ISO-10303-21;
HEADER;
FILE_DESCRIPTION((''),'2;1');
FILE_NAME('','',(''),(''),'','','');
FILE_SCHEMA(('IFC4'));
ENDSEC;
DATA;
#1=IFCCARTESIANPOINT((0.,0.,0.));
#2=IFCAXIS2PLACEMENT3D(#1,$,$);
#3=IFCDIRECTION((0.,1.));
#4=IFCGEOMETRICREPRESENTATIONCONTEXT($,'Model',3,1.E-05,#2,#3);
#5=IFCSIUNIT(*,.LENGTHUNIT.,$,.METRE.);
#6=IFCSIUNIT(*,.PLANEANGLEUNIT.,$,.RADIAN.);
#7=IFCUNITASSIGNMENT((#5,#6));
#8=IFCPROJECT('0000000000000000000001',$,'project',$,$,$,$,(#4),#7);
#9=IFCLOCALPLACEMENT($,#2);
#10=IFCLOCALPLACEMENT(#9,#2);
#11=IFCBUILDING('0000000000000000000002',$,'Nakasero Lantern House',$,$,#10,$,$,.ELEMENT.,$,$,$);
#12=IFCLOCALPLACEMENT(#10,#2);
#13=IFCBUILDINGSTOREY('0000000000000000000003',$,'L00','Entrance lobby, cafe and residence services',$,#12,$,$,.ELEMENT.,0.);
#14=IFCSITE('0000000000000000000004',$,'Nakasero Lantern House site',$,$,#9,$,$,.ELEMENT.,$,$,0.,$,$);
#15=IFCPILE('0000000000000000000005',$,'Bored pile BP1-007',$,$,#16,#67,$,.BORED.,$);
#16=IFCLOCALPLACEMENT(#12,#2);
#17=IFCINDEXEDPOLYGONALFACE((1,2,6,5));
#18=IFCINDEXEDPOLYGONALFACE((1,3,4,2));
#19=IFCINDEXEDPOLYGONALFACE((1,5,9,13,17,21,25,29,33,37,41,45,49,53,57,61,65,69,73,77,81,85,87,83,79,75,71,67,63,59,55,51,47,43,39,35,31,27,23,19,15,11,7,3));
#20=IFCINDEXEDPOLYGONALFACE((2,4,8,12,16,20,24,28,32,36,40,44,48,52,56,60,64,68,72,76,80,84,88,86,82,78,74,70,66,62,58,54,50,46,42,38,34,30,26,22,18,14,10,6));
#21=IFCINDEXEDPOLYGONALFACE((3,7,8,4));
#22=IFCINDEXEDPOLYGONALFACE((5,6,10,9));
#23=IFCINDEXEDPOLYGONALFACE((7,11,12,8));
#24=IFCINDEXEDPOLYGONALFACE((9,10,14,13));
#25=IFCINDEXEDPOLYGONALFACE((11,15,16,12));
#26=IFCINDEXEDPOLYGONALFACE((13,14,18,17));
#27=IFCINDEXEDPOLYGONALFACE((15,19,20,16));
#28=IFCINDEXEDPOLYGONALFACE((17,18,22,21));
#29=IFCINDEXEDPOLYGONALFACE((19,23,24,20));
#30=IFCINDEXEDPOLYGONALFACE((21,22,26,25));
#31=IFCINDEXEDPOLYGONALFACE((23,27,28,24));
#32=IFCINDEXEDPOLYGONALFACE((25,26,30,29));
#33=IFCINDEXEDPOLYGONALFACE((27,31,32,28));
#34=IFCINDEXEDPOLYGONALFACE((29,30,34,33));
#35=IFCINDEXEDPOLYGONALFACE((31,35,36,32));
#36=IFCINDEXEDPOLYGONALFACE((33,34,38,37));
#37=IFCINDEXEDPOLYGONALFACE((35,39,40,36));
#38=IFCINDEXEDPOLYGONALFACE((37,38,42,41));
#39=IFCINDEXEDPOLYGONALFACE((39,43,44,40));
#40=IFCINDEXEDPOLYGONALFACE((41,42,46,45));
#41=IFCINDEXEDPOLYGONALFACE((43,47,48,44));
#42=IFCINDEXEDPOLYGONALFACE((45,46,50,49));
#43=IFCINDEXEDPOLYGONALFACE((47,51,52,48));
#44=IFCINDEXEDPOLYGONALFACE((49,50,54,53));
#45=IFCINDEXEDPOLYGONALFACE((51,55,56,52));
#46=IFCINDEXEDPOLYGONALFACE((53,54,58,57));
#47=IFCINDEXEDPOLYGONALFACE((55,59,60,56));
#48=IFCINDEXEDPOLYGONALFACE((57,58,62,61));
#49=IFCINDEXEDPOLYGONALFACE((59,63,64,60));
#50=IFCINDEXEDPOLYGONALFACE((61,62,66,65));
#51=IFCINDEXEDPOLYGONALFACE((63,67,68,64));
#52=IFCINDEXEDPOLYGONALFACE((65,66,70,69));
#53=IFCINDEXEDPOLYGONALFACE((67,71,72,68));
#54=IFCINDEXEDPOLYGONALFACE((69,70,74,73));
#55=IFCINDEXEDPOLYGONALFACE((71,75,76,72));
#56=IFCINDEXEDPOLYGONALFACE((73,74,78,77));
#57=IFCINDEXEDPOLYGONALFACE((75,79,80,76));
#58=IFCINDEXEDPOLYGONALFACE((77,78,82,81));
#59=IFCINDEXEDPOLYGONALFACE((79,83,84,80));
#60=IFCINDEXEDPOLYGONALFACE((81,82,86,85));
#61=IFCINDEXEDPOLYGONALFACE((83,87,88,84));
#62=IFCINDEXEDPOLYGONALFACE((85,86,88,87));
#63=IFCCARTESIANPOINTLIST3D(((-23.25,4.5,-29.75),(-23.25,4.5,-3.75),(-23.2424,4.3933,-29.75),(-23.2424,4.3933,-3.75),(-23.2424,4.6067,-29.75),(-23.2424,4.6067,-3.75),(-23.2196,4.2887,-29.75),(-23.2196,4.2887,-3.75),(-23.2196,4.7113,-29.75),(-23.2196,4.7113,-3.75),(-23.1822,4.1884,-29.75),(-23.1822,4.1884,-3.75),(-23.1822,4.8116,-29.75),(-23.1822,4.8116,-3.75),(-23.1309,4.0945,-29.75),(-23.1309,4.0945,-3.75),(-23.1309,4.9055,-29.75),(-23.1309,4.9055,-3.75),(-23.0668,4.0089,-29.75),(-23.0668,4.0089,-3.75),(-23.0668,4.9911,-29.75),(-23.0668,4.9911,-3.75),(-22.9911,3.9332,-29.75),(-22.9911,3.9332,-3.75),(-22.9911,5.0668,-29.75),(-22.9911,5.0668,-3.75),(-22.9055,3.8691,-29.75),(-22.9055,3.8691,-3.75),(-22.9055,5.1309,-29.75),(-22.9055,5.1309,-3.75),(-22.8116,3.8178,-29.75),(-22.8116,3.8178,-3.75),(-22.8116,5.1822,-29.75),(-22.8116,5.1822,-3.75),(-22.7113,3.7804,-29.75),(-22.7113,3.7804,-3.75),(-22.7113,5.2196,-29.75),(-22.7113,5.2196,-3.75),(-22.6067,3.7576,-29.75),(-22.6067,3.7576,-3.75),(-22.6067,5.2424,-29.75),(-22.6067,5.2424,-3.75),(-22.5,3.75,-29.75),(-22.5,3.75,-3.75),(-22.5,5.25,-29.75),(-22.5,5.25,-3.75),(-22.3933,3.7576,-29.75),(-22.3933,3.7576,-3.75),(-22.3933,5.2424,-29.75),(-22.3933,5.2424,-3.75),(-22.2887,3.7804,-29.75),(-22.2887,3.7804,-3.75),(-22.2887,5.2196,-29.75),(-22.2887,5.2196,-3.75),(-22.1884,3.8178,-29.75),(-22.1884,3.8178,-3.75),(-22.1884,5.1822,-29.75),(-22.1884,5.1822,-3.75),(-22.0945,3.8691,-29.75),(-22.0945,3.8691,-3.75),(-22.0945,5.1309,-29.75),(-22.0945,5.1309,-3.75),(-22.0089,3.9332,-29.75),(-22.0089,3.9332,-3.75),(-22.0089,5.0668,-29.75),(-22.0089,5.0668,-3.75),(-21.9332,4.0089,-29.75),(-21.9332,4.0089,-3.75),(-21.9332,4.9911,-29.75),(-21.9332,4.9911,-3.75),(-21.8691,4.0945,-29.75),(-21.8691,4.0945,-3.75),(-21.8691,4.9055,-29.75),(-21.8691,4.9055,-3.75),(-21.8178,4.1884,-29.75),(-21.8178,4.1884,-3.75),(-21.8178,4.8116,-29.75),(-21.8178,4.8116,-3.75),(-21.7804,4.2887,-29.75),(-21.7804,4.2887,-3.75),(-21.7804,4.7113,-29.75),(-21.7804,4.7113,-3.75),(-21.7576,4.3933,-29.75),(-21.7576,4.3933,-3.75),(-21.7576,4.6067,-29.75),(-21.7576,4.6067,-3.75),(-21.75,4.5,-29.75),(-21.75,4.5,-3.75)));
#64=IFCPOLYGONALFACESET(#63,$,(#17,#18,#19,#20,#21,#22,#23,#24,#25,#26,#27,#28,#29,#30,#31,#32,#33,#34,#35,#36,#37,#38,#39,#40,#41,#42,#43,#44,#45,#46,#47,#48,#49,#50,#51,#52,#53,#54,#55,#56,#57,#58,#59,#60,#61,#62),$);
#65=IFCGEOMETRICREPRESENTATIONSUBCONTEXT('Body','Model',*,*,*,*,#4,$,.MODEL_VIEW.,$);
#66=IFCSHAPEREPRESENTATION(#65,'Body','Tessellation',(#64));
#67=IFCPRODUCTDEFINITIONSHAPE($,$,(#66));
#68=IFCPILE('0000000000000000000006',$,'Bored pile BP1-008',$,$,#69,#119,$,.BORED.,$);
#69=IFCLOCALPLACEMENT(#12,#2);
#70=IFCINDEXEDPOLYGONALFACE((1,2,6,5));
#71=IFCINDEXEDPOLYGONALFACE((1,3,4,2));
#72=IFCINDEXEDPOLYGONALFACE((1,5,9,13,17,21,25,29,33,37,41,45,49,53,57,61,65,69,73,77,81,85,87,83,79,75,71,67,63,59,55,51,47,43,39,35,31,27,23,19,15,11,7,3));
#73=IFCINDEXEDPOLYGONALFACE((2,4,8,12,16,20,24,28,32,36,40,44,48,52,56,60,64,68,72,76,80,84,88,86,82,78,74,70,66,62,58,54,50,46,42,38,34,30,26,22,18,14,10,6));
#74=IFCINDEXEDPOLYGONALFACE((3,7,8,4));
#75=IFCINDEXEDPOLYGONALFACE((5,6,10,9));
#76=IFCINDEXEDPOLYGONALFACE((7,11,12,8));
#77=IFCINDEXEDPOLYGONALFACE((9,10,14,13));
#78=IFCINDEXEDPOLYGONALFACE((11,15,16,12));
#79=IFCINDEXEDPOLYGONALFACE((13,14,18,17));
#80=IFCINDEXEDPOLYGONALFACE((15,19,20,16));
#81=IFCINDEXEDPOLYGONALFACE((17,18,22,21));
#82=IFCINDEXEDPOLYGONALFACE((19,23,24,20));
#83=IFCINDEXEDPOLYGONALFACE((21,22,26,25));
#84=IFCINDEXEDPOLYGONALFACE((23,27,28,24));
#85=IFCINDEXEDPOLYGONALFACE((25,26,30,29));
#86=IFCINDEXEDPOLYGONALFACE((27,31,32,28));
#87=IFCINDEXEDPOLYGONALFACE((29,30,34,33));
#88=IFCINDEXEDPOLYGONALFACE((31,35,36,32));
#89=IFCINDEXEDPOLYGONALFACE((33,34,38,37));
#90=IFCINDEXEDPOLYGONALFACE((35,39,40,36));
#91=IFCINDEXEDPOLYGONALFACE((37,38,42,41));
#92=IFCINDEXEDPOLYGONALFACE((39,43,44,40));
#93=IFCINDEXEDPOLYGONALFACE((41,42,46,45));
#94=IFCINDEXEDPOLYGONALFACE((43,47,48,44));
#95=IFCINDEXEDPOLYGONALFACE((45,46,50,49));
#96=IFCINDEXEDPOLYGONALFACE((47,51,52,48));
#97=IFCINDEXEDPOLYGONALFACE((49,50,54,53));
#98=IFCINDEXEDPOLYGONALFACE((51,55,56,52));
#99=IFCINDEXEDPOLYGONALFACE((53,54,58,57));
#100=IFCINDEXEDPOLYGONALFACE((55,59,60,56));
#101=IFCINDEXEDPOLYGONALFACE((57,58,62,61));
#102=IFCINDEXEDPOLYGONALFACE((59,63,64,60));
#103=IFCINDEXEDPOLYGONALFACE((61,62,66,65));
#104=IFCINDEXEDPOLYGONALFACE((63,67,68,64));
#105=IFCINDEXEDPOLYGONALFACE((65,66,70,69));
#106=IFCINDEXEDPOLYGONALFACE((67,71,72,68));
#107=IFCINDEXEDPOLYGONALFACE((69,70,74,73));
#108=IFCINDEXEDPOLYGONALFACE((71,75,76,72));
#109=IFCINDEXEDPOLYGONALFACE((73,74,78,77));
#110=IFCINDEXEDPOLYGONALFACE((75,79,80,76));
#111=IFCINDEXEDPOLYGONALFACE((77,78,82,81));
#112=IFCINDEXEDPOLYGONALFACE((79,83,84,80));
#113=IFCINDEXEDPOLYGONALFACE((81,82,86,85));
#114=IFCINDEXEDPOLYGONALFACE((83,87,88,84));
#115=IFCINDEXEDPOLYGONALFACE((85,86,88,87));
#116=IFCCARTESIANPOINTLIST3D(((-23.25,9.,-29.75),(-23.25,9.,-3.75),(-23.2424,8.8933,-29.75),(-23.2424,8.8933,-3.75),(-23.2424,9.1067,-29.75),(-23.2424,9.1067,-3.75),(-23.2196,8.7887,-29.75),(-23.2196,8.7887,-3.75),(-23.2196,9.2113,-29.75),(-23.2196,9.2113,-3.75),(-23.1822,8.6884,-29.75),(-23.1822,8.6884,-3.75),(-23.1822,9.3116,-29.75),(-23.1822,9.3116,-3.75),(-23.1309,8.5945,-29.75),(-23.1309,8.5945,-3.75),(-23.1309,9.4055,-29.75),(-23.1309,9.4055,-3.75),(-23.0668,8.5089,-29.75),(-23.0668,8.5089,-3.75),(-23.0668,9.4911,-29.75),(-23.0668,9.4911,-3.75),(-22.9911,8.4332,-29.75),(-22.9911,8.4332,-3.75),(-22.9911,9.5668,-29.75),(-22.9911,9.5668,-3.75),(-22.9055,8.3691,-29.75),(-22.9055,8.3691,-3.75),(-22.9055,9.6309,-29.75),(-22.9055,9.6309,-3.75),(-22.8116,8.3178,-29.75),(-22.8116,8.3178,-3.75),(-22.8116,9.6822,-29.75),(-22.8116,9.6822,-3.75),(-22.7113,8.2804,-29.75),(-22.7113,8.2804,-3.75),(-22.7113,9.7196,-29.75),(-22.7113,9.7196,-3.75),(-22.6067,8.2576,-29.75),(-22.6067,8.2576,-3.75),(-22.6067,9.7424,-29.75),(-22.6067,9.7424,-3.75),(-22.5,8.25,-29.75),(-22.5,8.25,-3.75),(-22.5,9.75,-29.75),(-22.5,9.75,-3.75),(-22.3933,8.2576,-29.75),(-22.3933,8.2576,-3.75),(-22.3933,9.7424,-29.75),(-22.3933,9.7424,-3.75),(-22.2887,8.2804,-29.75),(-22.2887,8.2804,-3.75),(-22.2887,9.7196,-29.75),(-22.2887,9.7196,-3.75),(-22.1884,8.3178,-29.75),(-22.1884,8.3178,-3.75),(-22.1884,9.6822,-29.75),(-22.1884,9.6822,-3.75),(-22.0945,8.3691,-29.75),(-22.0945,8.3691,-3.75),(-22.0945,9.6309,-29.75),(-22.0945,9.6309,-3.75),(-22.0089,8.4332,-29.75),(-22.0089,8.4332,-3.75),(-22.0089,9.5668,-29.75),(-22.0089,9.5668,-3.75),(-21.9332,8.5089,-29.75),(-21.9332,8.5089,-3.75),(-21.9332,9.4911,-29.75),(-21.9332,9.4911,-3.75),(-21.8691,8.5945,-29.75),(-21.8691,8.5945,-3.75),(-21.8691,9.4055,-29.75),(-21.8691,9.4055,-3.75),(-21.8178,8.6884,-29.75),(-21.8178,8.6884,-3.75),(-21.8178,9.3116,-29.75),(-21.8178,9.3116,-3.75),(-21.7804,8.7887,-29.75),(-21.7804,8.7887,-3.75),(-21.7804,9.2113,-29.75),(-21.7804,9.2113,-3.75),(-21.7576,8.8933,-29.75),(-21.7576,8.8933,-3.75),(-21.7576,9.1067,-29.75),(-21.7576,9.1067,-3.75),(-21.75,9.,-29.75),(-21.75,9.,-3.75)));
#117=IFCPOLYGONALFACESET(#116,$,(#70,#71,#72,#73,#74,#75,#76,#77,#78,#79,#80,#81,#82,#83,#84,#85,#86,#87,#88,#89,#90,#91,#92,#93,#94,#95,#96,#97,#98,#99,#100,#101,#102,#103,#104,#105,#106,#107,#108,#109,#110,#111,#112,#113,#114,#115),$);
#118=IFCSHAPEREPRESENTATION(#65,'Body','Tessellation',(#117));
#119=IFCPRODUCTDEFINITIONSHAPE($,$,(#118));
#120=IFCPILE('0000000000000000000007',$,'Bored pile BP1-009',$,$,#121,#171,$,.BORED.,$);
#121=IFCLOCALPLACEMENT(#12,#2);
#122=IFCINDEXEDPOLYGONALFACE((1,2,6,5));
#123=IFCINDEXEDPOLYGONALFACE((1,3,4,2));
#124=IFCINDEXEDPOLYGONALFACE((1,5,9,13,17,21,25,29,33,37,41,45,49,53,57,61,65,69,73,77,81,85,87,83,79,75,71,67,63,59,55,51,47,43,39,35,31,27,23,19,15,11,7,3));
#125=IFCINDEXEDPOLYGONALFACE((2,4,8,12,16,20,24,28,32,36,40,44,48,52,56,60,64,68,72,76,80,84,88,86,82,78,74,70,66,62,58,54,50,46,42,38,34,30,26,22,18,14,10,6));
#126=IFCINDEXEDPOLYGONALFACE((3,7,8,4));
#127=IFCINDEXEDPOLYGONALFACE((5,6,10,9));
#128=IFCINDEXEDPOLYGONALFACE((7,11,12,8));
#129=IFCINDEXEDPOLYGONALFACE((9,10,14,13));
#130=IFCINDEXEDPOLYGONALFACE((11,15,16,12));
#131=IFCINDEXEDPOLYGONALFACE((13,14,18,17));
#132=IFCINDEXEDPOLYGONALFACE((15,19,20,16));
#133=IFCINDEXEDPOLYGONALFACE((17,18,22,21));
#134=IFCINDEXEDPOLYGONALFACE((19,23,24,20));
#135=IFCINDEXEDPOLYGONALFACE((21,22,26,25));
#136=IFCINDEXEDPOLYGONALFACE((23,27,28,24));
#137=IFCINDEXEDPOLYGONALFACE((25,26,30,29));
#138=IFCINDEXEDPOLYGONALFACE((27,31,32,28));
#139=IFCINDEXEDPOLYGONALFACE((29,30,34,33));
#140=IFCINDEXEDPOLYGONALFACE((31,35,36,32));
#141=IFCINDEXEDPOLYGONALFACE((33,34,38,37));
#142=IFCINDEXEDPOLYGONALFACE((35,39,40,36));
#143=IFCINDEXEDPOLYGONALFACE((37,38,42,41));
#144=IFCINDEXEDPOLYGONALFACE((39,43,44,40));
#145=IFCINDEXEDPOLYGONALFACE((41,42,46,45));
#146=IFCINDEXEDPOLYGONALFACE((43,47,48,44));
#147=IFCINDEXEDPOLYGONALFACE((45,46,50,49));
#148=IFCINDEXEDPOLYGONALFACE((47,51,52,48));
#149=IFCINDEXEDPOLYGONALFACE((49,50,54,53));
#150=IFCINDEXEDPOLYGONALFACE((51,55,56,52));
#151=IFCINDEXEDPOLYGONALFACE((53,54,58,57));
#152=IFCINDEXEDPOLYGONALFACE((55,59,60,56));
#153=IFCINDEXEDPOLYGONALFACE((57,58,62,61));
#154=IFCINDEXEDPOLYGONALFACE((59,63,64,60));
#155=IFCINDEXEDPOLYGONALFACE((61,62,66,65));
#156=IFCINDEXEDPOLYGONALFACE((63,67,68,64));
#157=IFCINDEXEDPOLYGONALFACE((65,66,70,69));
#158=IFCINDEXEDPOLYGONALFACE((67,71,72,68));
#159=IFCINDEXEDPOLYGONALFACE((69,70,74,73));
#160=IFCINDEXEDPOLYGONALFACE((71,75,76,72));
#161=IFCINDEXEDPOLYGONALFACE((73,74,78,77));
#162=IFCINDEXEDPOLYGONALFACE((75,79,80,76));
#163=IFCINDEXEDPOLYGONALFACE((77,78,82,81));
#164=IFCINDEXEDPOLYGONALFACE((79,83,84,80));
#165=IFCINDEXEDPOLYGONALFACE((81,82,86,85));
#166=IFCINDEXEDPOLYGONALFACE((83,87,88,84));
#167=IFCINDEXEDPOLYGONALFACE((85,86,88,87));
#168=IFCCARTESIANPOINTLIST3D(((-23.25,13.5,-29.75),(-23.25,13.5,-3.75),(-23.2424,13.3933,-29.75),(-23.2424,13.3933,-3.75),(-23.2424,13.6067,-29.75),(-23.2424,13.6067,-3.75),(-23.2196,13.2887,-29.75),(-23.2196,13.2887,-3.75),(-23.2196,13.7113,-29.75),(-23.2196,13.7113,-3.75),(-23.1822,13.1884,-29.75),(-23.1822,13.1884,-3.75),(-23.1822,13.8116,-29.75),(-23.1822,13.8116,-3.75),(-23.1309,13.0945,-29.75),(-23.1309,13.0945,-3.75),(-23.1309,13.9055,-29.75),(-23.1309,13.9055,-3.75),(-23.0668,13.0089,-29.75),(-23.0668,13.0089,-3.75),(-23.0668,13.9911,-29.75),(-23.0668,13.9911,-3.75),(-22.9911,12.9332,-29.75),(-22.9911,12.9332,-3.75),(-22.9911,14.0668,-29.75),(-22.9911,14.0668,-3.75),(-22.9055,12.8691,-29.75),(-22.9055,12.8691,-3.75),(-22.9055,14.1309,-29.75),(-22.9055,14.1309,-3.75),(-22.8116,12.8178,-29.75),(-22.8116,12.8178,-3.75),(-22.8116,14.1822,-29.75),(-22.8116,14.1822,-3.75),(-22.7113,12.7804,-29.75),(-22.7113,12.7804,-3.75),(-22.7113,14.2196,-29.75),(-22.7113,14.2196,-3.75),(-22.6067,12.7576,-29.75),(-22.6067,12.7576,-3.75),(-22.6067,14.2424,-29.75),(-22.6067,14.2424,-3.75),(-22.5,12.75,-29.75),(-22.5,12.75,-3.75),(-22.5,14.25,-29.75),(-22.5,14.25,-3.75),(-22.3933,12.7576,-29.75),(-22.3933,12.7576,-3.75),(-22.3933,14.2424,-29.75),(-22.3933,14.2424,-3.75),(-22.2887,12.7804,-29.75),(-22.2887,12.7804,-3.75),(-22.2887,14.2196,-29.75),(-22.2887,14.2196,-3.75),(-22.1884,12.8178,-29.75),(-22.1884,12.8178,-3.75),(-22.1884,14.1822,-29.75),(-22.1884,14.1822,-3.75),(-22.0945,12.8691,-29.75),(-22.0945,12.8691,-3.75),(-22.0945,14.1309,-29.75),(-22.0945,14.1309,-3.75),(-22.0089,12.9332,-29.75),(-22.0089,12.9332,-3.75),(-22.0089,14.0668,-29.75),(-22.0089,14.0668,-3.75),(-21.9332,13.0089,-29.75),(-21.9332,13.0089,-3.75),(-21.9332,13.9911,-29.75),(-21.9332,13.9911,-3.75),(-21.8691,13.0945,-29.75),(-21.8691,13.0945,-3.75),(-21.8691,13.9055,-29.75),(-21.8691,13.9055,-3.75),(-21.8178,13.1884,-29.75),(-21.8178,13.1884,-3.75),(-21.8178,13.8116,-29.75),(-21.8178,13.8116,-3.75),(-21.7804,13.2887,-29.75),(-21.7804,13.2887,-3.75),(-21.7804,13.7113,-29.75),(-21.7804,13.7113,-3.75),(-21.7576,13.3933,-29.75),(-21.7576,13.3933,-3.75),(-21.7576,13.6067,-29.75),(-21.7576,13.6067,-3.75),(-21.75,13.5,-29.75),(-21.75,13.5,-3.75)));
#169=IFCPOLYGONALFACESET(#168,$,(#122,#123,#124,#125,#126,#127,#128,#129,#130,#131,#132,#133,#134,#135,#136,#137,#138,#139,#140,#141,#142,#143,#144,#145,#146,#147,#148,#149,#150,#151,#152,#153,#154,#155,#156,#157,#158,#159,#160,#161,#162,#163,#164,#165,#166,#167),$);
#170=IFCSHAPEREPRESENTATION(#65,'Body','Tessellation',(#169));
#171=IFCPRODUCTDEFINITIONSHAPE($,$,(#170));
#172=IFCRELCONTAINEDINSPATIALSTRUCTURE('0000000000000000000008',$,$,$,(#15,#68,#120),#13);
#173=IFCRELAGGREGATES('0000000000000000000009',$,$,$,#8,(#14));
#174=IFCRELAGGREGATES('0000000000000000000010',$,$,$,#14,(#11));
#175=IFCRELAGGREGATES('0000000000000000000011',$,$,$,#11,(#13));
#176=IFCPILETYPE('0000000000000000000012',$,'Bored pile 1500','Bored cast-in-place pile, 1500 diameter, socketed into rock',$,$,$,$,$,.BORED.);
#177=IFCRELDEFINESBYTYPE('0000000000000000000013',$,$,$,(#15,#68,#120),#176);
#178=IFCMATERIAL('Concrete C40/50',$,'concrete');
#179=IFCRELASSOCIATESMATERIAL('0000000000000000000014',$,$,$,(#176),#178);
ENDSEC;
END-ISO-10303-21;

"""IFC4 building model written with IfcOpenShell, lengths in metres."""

from ifc_helpers import new_model, si_unit, direction, frame, origin, origin_2d, place, context, subcontext, project, spatial, circle, extrude, material, type_object, element, save


model = new_model("IFC4")

# Units and contexts
model_context = context("Model", 3, precision=1e-05, world=origin(), true_north=direction((0.0, 1.0)))
body_context = subcontext(model_context, "Body", "Model", "MODEL_VIEW")
ifc_project = project(units=[si_unit("LENGTHUNIT", "METRE"), si_unit("PLANEANGLEUNIT", "RADIAN")], contexts=[model_context])

# Site, building, storey
site_placement = place(None, origin())
site = spatial("IfcSite", under=ifc_project, at=site_placement, Name="Nakasero Lantern House site", CompositionType="ELEMENT", RefElevation=0.0)
building_placement = place(site_placement, origin())
building = spatial("IfcBuilding", under=site, at=building_placement, Name="Nakasero Lantern House", CompositionType="ELEMENT")
storey_placement = place(building_placement, origin())
storey = spatial("IfcBuildingStorey", under=building, at=storey_placement, Name="L00", Description="Entrance lobby, cafe and residence services", CompositionType="ELEMENT", Elevation=0.0)

# Piles
ifc_material_1 = material(Name="Concrete C40/50", Category="concrete")
pile_type = type_object("IfcPileType", Name="Bored pile 1500", Description="Bored cast-in-place pile, 1500 diameter, socketed into rock", PredefinedType="BORED", material=ifc_material_1)
for number, where, z_axis, x_axis, name in (
    (1, (-22.5, 4.5, -3.75), (0.0, 0.0, -1.0), (1.0, 0.0, 0.0), "Bored pile BP1-007"),
    (2, (-22.5, 9.0, -3.75), (0.0, 0.0, -1.0), (1.0, 0.0, 0.0), "Bored pile BP1-008"),
    (3, (-22.5, 13.5, -3.75), (0.0, 0.0, -1.0), (1.0, 0.0, 0.0), "Bored pile BP1-009"),
):
    element("IfcPile", number, at=place(storey_placement, frame(where, z_axis=z_axis, x_axis=x_axis)), inside=storey, type_object=pile_type, Name=name, PredefinedType="BORED", context=body_context, shape_type="SweptSolid", body=[
        extrude(circle(Radius=0.75, at=origin_2d()), origin(), (0.0, 0.0, 1.0), 26.0),
    ])

save(model, "model.ifc")
